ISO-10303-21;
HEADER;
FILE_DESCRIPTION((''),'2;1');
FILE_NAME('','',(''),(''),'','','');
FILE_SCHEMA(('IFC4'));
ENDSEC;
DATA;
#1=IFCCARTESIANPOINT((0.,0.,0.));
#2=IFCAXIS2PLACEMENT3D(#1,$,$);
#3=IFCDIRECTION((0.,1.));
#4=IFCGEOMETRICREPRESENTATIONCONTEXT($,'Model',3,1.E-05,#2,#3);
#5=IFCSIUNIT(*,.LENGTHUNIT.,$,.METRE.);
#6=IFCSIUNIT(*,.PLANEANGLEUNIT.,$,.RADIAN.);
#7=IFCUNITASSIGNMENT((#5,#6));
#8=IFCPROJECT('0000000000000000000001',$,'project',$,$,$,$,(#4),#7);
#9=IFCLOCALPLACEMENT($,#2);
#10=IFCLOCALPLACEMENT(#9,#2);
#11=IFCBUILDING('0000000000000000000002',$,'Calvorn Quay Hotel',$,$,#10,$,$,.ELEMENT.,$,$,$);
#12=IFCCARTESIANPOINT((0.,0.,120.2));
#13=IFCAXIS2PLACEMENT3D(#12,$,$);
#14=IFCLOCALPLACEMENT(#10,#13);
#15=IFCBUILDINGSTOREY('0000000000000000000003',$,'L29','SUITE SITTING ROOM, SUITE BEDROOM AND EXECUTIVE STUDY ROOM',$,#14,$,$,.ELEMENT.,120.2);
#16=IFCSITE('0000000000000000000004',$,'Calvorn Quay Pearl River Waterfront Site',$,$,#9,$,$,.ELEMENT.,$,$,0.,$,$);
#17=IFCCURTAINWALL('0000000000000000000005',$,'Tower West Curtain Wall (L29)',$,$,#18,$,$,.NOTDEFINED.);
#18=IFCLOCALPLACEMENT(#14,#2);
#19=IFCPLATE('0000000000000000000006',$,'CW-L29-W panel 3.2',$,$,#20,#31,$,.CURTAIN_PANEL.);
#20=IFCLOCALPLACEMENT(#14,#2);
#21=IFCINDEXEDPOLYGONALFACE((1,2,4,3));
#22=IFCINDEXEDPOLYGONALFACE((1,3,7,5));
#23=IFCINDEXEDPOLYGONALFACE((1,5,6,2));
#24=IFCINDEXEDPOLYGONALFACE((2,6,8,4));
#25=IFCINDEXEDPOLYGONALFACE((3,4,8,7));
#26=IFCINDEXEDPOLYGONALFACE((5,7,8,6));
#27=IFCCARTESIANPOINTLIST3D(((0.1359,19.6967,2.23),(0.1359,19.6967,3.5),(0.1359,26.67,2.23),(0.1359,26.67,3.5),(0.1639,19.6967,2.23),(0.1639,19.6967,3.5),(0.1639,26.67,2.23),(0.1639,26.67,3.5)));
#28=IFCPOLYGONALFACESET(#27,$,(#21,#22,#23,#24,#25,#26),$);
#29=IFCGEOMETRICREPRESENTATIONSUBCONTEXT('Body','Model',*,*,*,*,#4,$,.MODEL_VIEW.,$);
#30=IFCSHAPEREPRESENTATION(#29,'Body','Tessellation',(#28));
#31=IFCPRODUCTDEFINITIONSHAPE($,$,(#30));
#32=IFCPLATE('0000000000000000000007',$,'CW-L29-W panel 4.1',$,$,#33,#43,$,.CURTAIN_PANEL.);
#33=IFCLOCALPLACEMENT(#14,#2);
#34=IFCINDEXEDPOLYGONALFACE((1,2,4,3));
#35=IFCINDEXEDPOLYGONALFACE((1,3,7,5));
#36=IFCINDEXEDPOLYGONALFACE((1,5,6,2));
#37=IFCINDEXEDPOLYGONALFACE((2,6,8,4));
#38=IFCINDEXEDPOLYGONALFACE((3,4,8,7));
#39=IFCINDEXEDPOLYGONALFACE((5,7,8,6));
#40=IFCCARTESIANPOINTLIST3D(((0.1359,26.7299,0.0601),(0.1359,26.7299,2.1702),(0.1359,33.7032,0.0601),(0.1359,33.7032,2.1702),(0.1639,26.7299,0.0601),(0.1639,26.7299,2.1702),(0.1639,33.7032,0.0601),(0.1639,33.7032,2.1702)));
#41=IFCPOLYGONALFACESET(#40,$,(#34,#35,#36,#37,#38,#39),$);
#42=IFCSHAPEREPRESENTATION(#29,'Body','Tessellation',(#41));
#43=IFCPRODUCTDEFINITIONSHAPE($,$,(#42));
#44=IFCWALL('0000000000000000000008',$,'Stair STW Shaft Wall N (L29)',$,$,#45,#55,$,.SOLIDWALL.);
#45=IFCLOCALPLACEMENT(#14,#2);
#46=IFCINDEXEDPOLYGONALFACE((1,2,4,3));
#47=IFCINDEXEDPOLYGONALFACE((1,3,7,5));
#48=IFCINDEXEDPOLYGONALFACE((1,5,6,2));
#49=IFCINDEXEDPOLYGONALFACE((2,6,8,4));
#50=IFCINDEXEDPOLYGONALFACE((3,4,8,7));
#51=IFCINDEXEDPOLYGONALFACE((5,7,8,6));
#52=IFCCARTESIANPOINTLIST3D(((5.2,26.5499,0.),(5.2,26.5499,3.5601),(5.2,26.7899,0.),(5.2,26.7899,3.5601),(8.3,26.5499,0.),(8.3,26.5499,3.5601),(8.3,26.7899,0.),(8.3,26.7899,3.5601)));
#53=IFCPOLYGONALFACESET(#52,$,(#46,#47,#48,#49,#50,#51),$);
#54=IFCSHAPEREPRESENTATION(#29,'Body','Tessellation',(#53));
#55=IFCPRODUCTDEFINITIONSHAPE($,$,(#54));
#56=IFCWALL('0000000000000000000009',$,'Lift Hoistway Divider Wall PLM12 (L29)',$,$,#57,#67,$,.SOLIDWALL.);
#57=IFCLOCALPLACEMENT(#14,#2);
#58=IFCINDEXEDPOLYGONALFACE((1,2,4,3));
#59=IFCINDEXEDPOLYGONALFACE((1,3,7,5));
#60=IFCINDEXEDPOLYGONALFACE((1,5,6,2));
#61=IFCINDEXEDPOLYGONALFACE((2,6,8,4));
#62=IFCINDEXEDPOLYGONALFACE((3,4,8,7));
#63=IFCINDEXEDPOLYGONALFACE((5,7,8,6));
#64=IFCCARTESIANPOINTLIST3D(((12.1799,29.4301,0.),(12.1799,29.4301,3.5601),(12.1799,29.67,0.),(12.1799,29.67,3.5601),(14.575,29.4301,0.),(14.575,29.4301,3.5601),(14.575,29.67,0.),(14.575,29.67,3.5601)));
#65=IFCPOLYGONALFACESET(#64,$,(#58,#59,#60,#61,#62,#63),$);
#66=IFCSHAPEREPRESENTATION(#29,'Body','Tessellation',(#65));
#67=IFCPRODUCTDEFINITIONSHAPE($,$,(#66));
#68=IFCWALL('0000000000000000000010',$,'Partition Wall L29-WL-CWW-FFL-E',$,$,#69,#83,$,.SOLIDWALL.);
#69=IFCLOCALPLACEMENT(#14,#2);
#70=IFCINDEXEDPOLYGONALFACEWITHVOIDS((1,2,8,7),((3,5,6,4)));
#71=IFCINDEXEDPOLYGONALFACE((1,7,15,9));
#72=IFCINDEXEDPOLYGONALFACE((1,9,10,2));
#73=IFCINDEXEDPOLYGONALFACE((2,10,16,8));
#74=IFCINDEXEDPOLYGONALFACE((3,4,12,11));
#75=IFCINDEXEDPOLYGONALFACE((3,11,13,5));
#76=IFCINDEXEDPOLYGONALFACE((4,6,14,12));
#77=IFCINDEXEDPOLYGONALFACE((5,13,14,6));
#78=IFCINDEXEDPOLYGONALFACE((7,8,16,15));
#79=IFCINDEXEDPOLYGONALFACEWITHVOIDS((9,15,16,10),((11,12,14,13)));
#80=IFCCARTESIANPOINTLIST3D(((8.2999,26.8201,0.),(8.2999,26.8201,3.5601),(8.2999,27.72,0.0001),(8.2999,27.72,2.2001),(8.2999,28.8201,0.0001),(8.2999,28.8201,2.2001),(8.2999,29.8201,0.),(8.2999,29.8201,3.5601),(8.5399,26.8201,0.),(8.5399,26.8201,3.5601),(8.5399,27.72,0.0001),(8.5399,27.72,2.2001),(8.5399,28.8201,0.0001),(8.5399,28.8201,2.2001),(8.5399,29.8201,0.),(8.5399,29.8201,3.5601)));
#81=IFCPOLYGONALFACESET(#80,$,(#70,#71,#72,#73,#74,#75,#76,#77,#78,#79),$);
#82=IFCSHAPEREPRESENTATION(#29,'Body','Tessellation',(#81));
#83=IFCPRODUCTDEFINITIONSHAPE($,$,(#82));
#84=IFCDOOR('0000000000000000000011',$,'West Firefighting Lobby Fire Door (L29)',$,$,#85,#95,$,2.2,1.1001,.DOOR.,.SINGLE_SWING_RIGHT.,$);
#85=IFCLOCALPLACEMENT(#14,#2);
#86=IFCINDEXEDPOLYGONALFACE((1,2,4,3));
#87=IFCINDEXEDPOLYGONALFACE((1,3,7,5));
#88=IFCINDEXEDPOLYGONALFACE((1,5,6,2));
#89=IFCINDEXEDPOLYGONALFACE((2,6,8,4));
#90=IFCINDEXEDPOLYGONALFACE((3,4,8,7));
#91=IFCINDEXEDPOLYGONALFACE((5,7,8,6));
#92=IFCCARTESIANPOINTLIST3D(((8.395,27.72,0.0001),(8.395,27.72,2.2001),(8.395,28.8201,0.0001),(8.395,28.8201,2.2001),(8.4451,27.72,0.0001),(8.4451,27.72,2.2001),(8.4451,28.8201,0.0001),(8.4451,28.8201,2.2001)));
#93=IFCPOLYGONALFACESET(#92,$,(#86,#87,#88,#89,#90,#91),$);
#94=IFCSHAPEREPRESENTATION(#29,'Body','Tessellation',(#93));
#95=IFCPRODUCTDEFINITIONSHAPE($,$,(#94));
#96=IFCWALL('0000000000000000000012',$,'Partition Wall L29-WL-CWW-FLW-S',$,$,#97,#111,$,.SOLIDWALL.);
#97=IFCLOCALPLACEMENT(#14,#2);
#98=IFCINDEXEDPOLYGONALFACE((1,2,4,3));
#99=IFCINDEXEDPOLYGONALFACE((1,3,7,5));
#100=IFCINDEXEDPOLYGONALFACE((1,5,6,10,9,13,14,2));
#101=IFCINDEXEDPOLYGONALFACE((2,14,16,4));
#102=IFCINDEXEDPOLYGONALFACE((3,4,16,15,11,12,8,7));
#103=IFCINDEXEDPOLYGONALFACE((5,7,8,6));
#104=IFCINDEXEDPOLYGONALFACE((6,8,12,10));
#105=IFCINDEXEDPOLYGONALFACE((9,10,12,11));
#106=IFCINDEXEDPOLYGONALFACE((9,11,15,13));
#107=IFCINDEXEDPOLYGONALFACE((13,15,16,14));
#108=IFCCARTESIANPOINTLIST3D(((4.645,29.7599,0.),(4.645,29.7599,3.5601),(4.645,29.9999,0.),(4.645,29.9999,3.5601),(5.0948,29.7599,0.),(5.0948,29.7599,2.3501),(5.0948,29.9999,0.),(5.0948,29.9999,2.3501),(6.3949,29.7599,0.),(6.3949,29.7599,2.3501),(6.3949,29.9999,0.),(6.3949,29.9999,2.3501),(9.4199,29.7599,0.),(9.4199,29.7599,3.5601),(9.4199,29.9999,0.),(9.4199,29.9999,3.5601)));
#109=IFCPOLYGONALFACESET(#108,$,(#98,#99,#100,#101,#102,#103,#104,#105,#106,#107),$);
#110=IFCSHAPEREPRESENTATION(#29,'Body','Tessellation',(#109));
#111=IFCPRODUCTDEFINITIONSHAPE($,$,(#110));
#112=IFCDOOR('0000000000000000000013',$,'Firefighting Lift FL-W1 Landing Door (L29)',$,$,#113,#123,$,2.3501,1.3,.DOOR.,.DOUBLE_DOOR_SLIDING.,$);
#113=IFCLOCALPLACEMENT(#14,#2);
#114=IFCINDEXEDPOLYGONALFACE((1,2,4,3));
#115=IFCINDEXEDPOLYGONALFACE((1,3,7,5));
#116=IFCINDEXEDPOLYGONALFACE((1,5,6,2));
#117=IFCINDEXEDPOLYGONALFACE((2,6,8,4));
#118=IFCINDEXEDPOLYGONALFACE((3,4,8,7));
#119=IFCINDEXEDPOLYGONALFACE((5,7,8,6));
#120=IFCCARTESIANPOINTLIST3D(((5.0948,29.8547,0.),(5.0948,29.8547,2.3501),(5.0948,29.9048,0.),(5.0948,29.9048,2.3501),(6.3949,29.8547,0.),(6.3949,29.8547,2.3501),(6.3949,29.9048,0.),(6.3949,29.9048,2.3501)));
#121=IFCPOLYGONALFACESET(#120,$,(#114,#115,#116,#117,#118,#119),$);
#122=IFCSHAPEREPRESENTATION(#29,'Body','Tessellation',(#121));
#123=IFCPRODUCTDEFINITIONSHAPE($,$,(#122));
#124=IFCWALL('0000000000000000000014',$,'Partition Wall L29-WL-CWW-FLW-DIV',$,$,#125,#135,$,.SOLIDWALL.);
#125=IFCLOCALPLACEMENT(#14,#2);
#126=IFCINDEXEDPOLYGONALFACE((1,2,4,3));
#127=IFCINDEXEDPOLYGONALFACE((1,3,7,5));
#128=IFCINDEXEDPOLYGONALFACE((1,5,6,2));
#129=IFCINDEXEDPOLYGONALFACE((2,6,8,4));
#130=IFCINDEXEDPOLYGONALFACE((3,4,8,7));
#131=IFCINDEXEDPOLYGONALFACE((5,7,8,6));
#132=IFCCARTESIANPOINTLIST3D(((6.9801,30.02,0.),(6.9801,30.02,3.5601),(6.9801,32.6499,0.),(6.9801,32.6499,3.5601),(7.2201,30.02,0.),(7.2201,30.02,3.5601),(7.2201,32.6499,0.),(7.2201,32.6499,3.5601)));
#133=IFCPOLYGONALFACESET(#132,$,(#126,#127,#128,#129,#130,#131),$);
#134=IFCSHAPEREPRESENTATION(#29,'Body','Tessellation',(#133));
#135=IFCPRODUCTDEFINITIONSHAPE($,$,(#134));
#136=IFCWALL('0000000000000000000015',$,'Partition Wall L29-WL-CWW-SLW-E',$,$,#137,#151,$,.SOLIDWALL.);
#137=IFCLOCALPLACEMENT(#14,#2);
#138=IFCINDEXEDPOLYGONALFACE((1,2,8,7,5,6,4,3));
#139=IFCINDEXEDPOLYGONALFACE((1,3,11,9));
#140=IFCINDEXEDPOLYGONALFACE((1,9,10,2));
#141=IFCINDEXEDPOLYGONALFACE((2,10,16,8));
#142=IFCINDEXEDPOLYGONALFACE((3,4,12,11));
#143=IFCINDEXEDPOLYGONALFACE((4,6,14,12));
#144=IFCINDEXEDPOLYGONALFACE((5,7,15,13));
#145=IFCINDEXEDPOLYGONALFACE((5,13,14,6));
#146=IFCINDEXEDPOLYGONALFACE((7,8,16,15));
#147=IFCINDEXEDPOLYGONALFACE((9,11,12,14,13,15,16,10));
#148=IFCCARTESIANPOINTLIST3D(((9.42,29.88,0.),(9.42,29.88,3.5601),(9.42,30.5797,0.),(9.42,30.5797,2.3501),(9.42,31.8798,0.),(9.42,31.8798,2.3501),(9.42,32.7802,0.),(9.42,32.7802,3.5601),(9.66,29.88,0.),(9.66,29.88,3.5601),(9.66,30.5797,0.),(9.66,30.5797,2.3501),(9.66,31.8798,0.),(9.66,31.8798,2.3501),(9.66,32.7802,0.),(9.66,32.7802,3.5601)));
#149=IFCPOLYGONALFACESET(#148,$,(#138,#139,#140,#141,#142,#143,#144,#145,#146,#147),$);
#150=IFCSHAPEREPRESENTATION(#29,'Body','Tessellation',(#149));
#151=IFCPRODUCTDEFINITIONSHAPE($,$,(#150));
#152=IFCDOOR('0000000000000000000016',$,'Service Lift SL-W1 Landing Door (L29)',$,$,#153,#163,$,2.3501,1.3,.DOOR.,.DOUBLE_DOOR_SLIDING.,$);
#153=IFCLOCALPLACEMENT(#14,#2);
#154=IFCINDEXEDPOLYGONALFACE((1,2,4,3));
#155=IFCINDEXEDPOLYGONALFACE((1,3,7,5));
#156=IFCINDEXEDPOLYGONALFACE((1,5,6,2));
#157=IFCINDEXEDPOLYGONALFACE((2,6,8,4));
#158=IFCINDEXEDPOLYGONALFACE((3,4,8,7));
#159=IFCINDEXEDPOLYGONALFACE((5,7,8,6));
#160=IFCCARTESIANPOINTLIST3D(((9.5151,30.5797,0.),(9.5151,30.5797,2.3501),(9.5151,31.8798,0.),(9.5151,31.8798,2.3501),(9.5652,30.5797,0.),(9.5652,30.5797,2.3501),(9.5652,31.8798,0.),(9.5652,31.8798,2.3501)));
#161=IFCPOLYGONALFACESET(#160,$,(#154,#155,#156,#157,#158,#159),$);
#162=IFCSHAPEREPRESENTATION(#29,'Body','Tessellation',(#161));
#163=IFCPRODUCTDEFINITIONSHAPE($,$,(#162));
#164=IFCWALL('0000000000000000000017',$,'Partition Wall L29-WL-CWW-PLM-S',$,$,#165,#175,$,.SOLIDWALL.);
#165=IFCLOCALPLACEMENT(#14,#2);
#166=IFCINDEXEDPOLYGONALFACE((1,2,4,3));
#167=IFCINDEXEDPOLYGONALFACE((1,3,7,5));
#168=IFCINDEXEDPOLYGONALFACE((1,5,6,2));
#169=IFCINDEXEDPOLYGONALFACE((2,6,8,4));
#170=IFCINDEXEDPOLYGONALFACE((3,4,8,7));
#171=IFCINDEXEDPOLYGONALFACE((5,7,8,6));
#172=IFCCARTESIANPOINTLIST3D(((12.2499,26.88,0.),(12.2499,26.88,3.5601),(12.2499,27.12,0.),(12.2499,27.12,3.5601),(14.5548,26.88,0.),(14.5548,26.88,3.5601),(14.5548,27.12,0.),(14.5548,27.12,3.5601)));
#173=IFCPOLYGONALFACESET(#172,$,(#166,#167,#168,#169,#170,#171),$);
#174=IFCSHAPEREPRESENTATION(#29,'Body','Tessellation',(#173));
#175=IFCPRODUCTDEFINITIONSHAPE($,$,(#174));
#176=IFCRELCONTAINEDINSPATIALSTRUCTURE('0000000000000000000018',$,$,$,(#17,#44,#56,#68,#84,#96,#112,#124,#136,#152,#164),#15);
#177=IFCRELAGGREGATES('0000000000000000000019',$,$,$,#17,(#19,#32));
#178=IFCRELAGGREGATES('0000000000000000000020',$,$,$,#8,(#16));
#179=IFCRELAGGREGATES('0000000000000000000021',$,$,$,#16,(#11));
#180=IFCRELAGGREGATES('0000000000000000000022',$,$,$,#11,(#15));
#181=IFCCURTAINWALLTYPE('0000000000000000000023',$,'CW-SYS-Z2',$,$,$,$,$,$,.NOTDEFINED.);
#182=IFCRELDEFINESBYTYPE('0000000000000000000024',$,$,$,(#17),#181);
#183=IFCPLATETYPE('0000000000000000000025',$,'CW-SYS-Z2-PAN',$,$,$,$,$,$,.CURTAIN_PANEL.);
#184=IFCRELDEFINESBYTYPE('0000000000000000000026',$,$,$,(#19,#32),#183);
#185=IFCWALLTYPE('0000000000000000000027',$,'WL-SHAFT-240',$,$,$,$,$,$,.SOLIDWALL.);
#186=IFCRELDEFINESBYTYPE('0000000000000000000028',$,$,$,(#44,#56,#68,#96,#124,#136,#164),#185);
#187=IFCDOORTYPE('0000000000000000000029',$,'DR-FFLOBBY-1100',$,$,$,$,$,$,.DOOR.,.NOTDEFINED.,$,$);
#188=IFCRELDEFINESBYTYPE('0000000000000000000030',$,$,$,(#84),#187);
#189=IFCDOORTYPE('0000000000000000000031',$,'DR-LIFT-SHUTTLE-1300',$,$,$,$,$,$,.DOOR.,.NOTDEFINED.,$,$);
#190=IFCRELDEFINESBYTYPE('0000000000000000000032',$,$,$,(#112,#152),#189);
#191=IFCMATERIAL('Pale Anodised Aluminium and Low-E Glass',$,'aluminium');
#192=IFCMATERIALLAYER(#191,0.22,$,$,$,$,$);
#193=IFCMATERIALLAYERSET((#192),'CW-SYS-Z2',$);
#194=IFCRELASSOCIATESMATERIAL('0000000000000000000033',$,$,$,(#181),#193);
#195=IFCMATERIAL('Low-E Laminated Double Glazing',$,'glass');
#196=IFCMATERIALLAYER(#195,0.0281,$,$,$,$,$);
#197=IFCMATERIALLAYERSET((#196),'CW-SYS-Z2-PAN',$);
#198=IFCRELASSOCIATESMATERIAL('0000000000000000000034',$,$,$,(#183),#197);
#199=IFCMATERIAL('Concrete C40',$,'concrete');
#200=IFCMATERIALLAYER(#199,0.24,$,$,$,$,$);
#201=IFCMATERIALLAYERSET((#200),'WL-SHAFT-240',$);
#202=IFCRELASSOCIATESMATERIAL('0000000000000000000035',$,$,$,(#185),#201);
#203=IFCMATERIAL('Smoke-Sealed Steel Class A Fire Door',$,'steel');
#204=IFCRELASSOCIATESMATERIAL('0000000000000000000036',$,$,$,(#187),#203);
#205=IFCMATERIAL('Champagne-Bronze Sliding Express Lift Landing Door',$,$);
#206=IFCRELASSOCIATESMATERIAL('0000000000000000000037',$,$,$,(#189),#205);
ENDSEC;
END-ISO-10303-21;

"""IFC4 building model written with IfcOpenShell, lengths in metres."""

from ifc_helpers import new_model, si_unit, direction, frame, frame_2d, origin, origin_2d, place, context, subcontext, project, spatial, rectangle, extrude, material, layer, layer_set, type_object, element, fill, aggregate, save


model = new_model("IFC4")

# Units and contexts
model_context = context("Model", 3, precision=1e-05, world=origin(), true_north=direction((0.0, 1.0)))
body_context = subcontext(model_context, "Body", "Model", "MODEL_VIEW")
ifc_project = project(units=[si_unit("LENGTHUNIT", "METRE"), si_unit("PLANEANGLEUNIT", "RADIAN")], contexts=[model_context])

# Site, building, storey
site_placement = place(None, origin())
site = spatial("IfcSite", under=ifc_project, at=site_placement, Name="Calvorn Quay Pearl River Waterfront Site", CompositionType="ELEMENT", RefElevation=0.0)
building_placement = place(site_placement, origin())
building = spatial("IfcBuilding", under=site, at=building_placement, Name="Calvorn Quay Hotel", CompositionType="ELEMENT")
storey_placement = place(building_placement, frame((0.0, 0.0, 120.2)))
storey = spatial("IfcBuildingStorey", under=building, at=storey_placement, Name="L29", Description="SUITE SITTING ROOM, SUITE BEDROOM AND EXECUTIVE STUDY ROOM", CompositionType="ELEMENT", Elevation=120.2)

# Curtain wall, plates
ifc_material_1 = material(Name="Pale Anodised Aluminium and Low-E Glass", Category="aluminium")
ifc_layer_1 = layer(ifc_material_1, 0.22)
ifc_layer_set_1 = layer_set([ifc_layer_1], Name="CW-SYS-Z2")
curtain_wall_type = type_object("IfcCurtainWallType", Name="CW-SYS-Z2", PredefinedType="NOTDEFINED", material=ifc_layer_set_1)
curtain_wall_placement = place(storey_placement, origin())
curtain_wall = element("IfcCurtainWall", 1, at=curtain_wall_placement, inside=storey, type_object=curtain_wall_type, Name="Tower West Curtain Wall (L29)", PredefinedType="NOTDEFINED")
ifc_material_2 = material(Name="Low-E Laminated Double Glazing", Category="glass")
ifc_layer_2 = layer(ifc_material_2, 0.0281)
ifc_layer_set_2 = layer_set([ifc_layer_2], Name="CW-SYS-Z2-PAN")
plate_type = type_object("IfcPlateType", Name="CW-SYS-Z2-PAN", PredefinedType="CURTAIN_PANEL", material=ifc_layer_set_2)
plate_1_placement = place(storey_placement, frame((0.1499, 23.1833, 2.23), z_axis=(0.0, 0.0, 1.0), x_axis=(0.0, 1.0, 0.0)))
plate_1 = element("IfcPlate", 2, at=plate_1_placement, type_object=plate_type, Name="CW-L29-W panel 3.2", PredefinedType="CURTAIN_PANEL", context=body_context, shape_type="SweptSolid", body=[
    extrude(rectangle(XDim=6.9734, YDim=0.0281, at=origin_2d()), origin(), (0.0, 0.0, 1.0), 1.27),
])
plate_2_placement = place(storey_placement, frame((0.1499, 30.2166, 0.0601), z_axis=(0.0, 0.0, 1.0), x_axis=(0.0, 1.0, 0.0)))
plate_2 = element("IfcPlate", 3, at=plate_2_placement, type_object=plate_type, Name="CW-L29-W panel 4.1", PredefinedType="CURTAIN_PANEL", context=body_context, shape_type="SweptSolid", body=[
    extrude(rectangle(XDim=6.9734, YDim=0.0281, at=origin_2d()), origin(), (0.0, 0.0, 1.0), 2.1101),
])
aggregate(curtain_wall, [plate_1, plate_2])

# Walls
ifc_material_3 = material(Name="Concrete C40", Category="concrete")
ifc_layer_3 = layer(ifc_material_3, 0.24)
ifc_layer_set_3 = layer_set([ifc_layer_3], Name="WL-SHAFT-240")
wall_type_1 = type_object("IfcWallType", Name="WL-SHAFT-240", PredefinedType="SOLIDWALL", material=ifc_layer_set_3)
wall_1_placement = place(storey_placement, frame((5.2, 26.6699, 0.0), z_axis=(0.0, 0.0, 1.0), x_axis=(1.0, 0.0, 0.0)))
element("IfcWall", 4, at=wall_1_placement, inside=storey, type_object=wall_type_1, Name="Stair STW Shaft Wall N (L29)", PredefinedType="SOLIDWALL", context=body_context, shape_type="SweptSolid", body=[
    extrude(rectangle(XDim=3.1001, YDim=0.24, at=frame_2d((1.55, 0.0))), origin(), (0.0, 0.0, 1.0), 3.5601),
])
wall_2_placement = place(storey_placement, frame((12.1799, 29.55, 0.0), z_axis=(0.0, 0.0, 1.0), x_axis=(1.0, 0.0, 0.0)))
element("IfcWall", 5, at=wall_2_placement, inside=storey, type_object=wall_type_1, Name="Lift Hoistway Divider Wall PLM12 (L29)", PredefinedType="SOLIDWALL", context=body_context, shape_type="SweptSolid", body=[
    extrude(rectangle(XDim=2.395, YDim=0.24, at=frame_2d((1.1975, 0.0))), origin(), (0.0, 0.0, 1.0), 3.5601),
])

# Walls, openings, doors
wall_3_placement = place(storey_placement, frame((8.4199, 26.8201, 0.0), z_axis=(0.0, 0.0, 1.0), x_axis=(0.0, 1.0, 0.0)))
wall_3 = element("IfcWall", 6, at=wall_3_placement, inside=storey, type_object=wall_type_1, Name="Partition Wall L29-WL-CWW-FFL-E", PredefinedType="SOLIDWALL", context=body_context, shape_type="SweptSolid", body=[
    extrude(rectangle(XDim=3.0, YDim=0.24, at=frame_2d((1.5, 0.0))), origin(), (0.0, 0.0, 1.0), 3.5601),
])
opening_1_placement = place(wall_3_placement, frame((0.8999, 0.0, 0.0)))
opening_1 = element("IfcOpeningElement", 7, at=opening_1_placement, cuts=wall_3, PredefinedType="OPENING", context=body_context, shape_type="SweptSolid", body=[
    extrude(rectangle(XDim=1.1001, YDim=2.2, at=frame_2d((0.55, 1.1001))), frame((0.0, 0.1299, 0.0), z_axis=(0.0, -1.0, 0.0), x_axis=(1.0, 0.0, 0.0)), (0.0, 0.0, 1.0), 0.26),
])
ifc_material_4 = material(Name="Smoke-Sealed Steel Class A Fire Door", Category="steel")
door_type_1 = type_object("IfcDoorType", Name="DR-FFLOBBY-1100", OperationType="NOTDEFINED", PredefinedType="DOOR", material=ifc_material_4)
door_1_placement = place(opening_1_placement, origin())
door_1 = element("IfcDoor", 8, at=door_1_placement, inside=storey, type_object=door_type_1, Name="West Firefighting Lobby Fire Door (L29)", OperationType="SINGLE_SWING_RIGHT", OverallHeight=2.2, OverallWidth=1.1001, PredefinedType="DOOR", context=body_context, shape_type="SweptSolid", body=[
    extrude(rectangle(XDim=1.1001, YDim=2.2, at=frame_2d((0.55, 1.1001))), frame((0.0, 0.0249, 0.0), z_axis=(0.0, -1.0, 0.0), x_axis=(1.0, 0.0, 0.0)), (0.0, 0.0, 1.0), 0.05),
])
fill(opening_1, door_1)
wall_4_placement = place(storey_placement, frame((4.645, 29.8799, 0.0), z_axis=(0.0, 0.0, 1.0), x_axis=(1.0, 0.0, 0.0)))
wall_4 = element("IfcWall", 9, at=wall_4_placement, inside=storey, type_object=wall_type_1, Name="Partition Wall L29-WL-CWW-FLW-S", PredefinedType="SOLIDWALL", context=body_context, shape_type="SweptSolid", body=[
    extrude(rectangle(XDim=4.7749, YDim=0.24, at=frame_2d((2.3875, 0.0))), origin(), (0.0, 0.0, 1.0), 3.5601),
])
opening_2_placement = place(wall_4_placement, frame((0.45, 0.0, 0.0)))
opening_2 = element("IfcOpeningElement", 10, at=opening_2_placement, cuts=wall_4, PredefinedType="OPENING", context=body_context, shape_type="SweptSolid", body=[
    extrude(rectangle(XDim=1.3, YDim=2.3501, at=frame_2d((0.6499, 1.175))), frame((0.0, 0.1299, 0.0), z_axis=(0.0, -1.0, 0.0), x_axis=(1.0, 0.0, 0.0)), (0.0, 0.0, 1.0), 0.26),
])
ifc_material_5 = material(Name="Champagne-Bronze Sliding Express Lift Landing Door")
door_type_2 = type_object("IfcDoorType", Name="DR-LIFT-SHUTTLE-1300", OperationType="NOTDEFINED", PredefinedType="DOOR", material=ifc_material_5)
door_2_placement = place(opening_2_placement, origin())
door_2 = element("IfcDoor", 11, at=door_2_placement, inside=storey, type_object=door_type_2, Name="Firefighting Lift FL-W1 Landing Door (L29)", OperationType="DOUBLE_DOOR_SLIDING", OverallHeight=2.3501, OverallWidth=1.3, PredefinedType="DOOR", context=body_context, shape_type="SweptSolid", body=[
    extrude(rectangle(XDim=1.3, YDim=2.3501, at=frame_2d((0.6499, 1.175))), frame((0.0, 0.0249, 0.0), z_axis=(0.0, -1.0, 0.0), x_axis=(1.0, 0.0, 0.0)), (0.0, 0.0, 1.0), 0.05),
])
fill(opening_2, door_2)

# Wall
wall_5_placement = place(storey_placement, frame((7.1001, 30.02, 0.0), z_axis=(0.0, 0.0, 1.0), x_axis=(0.0, 1.0, 0.0)))
element("IfcWall", 12, at=wall_5_placement, inside=storey, type_object=wall_type_1, Name="Partition Wall L29-WL-CWW-FLW-DIV", PredefinedType="SOLIDWALL", context=body_context, shape_type="SweptSolid", body=[
    extrude(rectangle(XDim=2.6299, YDim=0.24, at=frame_2d((1.3149, 0.0))), origin(), (0.0, 0.0, 1.0), 3.5601),
])

# Wall, opening, door
wall_6_placement = place(storey_placement, frame((9.54, 29.8799, 0.0), z_axis=(0.0, 0.0, 1.0), x_axis=(0.0, 1.0, 0.0)))
wall_6 = element("IfcWall", 13, at=wall_6_placement, inside=storey, type_object=wall_type_1, Name="Partition Wall L29-WL-CWW-SLW-E", PredefinedType="SOLIDWALL", context=body_context, shape_type="SweptSolid", body=[
    extrude(rectangle(XDim=2.9001, YDim=0.24, at=frame_2d((1.4502, 0.0))), origin(), (0.0, 0.0, 1.0), 3.5601),
])
opening_3_placement = place(wall_6_placement, frame((0.7, 0.0, 0.0)))
opening_3 = element("IfcOpeningElement", 14, at=opening_3_placement, cuts=wall_6, PredefinedType="OPENING", context=body_context, shape_type="SweptSolid", body=[
    extrude(rectangle(XDim=1.3, YDim=2.3501, at=frame_2d((0.6499, 1.175))), frame((0.0, 0.1299, 0.0), z_axis=(0.0, -1.0, 0.0), x_axis=(1.0, 0.0, 0.0)), (0.0, 0.0, 1.0), 0.26),
])
door_3_placement = place(opening_3_placement, origin())
door_3 = element("IfcDoor", 15, at=door_3_placement, inside=storey, type_object=door_type_2, Name="Service Lift SL-W1 Landing Door (L29)", OperationType="DOUBLE_DOOR_SLIDING", OverallHeight=2.3501, OverallWidth=1.3, PredefinedType="DOOR", context=body_context, shape_type="SweptSolid", body=[
    extrude(rectangle(XDim=1.3, YDim=2.3501, at=frame_2d((0.6499, 1.175))), frame((0.0, 0.0249, 0.0), z_axis=(0.0, -1.0, 0.0), x_axis=(1.0, 0.0, 0.0)), (0.0, 0.0, 1.0), 0.05),
])
fill(opening_3, door_3)

# Wall
wall_7_placement = place(storey_placement, frame((12.25, 27.0, 0.0), z_axis=(0.0, 0.0, 1.0), x_axis=(1.0, 0.0, 0.0)))
element("IfcWall", 16, at=wall_7_placement, inside=storey, type_object=wall_type_1, Name="Partition Wall L29-WL-CWW-PLM-S", PredefinedType="SOLIDWALL", context=body_context, shape_type="SweptSolid", body=[
    extrude(rectangle(XDim=2.3049, YDim=0.24, at=frame_2d((1.1523, 0.0))), origin(), (0.0, 0.0, 1.0), 3.5601),
])

save(model, "model.ifc")
